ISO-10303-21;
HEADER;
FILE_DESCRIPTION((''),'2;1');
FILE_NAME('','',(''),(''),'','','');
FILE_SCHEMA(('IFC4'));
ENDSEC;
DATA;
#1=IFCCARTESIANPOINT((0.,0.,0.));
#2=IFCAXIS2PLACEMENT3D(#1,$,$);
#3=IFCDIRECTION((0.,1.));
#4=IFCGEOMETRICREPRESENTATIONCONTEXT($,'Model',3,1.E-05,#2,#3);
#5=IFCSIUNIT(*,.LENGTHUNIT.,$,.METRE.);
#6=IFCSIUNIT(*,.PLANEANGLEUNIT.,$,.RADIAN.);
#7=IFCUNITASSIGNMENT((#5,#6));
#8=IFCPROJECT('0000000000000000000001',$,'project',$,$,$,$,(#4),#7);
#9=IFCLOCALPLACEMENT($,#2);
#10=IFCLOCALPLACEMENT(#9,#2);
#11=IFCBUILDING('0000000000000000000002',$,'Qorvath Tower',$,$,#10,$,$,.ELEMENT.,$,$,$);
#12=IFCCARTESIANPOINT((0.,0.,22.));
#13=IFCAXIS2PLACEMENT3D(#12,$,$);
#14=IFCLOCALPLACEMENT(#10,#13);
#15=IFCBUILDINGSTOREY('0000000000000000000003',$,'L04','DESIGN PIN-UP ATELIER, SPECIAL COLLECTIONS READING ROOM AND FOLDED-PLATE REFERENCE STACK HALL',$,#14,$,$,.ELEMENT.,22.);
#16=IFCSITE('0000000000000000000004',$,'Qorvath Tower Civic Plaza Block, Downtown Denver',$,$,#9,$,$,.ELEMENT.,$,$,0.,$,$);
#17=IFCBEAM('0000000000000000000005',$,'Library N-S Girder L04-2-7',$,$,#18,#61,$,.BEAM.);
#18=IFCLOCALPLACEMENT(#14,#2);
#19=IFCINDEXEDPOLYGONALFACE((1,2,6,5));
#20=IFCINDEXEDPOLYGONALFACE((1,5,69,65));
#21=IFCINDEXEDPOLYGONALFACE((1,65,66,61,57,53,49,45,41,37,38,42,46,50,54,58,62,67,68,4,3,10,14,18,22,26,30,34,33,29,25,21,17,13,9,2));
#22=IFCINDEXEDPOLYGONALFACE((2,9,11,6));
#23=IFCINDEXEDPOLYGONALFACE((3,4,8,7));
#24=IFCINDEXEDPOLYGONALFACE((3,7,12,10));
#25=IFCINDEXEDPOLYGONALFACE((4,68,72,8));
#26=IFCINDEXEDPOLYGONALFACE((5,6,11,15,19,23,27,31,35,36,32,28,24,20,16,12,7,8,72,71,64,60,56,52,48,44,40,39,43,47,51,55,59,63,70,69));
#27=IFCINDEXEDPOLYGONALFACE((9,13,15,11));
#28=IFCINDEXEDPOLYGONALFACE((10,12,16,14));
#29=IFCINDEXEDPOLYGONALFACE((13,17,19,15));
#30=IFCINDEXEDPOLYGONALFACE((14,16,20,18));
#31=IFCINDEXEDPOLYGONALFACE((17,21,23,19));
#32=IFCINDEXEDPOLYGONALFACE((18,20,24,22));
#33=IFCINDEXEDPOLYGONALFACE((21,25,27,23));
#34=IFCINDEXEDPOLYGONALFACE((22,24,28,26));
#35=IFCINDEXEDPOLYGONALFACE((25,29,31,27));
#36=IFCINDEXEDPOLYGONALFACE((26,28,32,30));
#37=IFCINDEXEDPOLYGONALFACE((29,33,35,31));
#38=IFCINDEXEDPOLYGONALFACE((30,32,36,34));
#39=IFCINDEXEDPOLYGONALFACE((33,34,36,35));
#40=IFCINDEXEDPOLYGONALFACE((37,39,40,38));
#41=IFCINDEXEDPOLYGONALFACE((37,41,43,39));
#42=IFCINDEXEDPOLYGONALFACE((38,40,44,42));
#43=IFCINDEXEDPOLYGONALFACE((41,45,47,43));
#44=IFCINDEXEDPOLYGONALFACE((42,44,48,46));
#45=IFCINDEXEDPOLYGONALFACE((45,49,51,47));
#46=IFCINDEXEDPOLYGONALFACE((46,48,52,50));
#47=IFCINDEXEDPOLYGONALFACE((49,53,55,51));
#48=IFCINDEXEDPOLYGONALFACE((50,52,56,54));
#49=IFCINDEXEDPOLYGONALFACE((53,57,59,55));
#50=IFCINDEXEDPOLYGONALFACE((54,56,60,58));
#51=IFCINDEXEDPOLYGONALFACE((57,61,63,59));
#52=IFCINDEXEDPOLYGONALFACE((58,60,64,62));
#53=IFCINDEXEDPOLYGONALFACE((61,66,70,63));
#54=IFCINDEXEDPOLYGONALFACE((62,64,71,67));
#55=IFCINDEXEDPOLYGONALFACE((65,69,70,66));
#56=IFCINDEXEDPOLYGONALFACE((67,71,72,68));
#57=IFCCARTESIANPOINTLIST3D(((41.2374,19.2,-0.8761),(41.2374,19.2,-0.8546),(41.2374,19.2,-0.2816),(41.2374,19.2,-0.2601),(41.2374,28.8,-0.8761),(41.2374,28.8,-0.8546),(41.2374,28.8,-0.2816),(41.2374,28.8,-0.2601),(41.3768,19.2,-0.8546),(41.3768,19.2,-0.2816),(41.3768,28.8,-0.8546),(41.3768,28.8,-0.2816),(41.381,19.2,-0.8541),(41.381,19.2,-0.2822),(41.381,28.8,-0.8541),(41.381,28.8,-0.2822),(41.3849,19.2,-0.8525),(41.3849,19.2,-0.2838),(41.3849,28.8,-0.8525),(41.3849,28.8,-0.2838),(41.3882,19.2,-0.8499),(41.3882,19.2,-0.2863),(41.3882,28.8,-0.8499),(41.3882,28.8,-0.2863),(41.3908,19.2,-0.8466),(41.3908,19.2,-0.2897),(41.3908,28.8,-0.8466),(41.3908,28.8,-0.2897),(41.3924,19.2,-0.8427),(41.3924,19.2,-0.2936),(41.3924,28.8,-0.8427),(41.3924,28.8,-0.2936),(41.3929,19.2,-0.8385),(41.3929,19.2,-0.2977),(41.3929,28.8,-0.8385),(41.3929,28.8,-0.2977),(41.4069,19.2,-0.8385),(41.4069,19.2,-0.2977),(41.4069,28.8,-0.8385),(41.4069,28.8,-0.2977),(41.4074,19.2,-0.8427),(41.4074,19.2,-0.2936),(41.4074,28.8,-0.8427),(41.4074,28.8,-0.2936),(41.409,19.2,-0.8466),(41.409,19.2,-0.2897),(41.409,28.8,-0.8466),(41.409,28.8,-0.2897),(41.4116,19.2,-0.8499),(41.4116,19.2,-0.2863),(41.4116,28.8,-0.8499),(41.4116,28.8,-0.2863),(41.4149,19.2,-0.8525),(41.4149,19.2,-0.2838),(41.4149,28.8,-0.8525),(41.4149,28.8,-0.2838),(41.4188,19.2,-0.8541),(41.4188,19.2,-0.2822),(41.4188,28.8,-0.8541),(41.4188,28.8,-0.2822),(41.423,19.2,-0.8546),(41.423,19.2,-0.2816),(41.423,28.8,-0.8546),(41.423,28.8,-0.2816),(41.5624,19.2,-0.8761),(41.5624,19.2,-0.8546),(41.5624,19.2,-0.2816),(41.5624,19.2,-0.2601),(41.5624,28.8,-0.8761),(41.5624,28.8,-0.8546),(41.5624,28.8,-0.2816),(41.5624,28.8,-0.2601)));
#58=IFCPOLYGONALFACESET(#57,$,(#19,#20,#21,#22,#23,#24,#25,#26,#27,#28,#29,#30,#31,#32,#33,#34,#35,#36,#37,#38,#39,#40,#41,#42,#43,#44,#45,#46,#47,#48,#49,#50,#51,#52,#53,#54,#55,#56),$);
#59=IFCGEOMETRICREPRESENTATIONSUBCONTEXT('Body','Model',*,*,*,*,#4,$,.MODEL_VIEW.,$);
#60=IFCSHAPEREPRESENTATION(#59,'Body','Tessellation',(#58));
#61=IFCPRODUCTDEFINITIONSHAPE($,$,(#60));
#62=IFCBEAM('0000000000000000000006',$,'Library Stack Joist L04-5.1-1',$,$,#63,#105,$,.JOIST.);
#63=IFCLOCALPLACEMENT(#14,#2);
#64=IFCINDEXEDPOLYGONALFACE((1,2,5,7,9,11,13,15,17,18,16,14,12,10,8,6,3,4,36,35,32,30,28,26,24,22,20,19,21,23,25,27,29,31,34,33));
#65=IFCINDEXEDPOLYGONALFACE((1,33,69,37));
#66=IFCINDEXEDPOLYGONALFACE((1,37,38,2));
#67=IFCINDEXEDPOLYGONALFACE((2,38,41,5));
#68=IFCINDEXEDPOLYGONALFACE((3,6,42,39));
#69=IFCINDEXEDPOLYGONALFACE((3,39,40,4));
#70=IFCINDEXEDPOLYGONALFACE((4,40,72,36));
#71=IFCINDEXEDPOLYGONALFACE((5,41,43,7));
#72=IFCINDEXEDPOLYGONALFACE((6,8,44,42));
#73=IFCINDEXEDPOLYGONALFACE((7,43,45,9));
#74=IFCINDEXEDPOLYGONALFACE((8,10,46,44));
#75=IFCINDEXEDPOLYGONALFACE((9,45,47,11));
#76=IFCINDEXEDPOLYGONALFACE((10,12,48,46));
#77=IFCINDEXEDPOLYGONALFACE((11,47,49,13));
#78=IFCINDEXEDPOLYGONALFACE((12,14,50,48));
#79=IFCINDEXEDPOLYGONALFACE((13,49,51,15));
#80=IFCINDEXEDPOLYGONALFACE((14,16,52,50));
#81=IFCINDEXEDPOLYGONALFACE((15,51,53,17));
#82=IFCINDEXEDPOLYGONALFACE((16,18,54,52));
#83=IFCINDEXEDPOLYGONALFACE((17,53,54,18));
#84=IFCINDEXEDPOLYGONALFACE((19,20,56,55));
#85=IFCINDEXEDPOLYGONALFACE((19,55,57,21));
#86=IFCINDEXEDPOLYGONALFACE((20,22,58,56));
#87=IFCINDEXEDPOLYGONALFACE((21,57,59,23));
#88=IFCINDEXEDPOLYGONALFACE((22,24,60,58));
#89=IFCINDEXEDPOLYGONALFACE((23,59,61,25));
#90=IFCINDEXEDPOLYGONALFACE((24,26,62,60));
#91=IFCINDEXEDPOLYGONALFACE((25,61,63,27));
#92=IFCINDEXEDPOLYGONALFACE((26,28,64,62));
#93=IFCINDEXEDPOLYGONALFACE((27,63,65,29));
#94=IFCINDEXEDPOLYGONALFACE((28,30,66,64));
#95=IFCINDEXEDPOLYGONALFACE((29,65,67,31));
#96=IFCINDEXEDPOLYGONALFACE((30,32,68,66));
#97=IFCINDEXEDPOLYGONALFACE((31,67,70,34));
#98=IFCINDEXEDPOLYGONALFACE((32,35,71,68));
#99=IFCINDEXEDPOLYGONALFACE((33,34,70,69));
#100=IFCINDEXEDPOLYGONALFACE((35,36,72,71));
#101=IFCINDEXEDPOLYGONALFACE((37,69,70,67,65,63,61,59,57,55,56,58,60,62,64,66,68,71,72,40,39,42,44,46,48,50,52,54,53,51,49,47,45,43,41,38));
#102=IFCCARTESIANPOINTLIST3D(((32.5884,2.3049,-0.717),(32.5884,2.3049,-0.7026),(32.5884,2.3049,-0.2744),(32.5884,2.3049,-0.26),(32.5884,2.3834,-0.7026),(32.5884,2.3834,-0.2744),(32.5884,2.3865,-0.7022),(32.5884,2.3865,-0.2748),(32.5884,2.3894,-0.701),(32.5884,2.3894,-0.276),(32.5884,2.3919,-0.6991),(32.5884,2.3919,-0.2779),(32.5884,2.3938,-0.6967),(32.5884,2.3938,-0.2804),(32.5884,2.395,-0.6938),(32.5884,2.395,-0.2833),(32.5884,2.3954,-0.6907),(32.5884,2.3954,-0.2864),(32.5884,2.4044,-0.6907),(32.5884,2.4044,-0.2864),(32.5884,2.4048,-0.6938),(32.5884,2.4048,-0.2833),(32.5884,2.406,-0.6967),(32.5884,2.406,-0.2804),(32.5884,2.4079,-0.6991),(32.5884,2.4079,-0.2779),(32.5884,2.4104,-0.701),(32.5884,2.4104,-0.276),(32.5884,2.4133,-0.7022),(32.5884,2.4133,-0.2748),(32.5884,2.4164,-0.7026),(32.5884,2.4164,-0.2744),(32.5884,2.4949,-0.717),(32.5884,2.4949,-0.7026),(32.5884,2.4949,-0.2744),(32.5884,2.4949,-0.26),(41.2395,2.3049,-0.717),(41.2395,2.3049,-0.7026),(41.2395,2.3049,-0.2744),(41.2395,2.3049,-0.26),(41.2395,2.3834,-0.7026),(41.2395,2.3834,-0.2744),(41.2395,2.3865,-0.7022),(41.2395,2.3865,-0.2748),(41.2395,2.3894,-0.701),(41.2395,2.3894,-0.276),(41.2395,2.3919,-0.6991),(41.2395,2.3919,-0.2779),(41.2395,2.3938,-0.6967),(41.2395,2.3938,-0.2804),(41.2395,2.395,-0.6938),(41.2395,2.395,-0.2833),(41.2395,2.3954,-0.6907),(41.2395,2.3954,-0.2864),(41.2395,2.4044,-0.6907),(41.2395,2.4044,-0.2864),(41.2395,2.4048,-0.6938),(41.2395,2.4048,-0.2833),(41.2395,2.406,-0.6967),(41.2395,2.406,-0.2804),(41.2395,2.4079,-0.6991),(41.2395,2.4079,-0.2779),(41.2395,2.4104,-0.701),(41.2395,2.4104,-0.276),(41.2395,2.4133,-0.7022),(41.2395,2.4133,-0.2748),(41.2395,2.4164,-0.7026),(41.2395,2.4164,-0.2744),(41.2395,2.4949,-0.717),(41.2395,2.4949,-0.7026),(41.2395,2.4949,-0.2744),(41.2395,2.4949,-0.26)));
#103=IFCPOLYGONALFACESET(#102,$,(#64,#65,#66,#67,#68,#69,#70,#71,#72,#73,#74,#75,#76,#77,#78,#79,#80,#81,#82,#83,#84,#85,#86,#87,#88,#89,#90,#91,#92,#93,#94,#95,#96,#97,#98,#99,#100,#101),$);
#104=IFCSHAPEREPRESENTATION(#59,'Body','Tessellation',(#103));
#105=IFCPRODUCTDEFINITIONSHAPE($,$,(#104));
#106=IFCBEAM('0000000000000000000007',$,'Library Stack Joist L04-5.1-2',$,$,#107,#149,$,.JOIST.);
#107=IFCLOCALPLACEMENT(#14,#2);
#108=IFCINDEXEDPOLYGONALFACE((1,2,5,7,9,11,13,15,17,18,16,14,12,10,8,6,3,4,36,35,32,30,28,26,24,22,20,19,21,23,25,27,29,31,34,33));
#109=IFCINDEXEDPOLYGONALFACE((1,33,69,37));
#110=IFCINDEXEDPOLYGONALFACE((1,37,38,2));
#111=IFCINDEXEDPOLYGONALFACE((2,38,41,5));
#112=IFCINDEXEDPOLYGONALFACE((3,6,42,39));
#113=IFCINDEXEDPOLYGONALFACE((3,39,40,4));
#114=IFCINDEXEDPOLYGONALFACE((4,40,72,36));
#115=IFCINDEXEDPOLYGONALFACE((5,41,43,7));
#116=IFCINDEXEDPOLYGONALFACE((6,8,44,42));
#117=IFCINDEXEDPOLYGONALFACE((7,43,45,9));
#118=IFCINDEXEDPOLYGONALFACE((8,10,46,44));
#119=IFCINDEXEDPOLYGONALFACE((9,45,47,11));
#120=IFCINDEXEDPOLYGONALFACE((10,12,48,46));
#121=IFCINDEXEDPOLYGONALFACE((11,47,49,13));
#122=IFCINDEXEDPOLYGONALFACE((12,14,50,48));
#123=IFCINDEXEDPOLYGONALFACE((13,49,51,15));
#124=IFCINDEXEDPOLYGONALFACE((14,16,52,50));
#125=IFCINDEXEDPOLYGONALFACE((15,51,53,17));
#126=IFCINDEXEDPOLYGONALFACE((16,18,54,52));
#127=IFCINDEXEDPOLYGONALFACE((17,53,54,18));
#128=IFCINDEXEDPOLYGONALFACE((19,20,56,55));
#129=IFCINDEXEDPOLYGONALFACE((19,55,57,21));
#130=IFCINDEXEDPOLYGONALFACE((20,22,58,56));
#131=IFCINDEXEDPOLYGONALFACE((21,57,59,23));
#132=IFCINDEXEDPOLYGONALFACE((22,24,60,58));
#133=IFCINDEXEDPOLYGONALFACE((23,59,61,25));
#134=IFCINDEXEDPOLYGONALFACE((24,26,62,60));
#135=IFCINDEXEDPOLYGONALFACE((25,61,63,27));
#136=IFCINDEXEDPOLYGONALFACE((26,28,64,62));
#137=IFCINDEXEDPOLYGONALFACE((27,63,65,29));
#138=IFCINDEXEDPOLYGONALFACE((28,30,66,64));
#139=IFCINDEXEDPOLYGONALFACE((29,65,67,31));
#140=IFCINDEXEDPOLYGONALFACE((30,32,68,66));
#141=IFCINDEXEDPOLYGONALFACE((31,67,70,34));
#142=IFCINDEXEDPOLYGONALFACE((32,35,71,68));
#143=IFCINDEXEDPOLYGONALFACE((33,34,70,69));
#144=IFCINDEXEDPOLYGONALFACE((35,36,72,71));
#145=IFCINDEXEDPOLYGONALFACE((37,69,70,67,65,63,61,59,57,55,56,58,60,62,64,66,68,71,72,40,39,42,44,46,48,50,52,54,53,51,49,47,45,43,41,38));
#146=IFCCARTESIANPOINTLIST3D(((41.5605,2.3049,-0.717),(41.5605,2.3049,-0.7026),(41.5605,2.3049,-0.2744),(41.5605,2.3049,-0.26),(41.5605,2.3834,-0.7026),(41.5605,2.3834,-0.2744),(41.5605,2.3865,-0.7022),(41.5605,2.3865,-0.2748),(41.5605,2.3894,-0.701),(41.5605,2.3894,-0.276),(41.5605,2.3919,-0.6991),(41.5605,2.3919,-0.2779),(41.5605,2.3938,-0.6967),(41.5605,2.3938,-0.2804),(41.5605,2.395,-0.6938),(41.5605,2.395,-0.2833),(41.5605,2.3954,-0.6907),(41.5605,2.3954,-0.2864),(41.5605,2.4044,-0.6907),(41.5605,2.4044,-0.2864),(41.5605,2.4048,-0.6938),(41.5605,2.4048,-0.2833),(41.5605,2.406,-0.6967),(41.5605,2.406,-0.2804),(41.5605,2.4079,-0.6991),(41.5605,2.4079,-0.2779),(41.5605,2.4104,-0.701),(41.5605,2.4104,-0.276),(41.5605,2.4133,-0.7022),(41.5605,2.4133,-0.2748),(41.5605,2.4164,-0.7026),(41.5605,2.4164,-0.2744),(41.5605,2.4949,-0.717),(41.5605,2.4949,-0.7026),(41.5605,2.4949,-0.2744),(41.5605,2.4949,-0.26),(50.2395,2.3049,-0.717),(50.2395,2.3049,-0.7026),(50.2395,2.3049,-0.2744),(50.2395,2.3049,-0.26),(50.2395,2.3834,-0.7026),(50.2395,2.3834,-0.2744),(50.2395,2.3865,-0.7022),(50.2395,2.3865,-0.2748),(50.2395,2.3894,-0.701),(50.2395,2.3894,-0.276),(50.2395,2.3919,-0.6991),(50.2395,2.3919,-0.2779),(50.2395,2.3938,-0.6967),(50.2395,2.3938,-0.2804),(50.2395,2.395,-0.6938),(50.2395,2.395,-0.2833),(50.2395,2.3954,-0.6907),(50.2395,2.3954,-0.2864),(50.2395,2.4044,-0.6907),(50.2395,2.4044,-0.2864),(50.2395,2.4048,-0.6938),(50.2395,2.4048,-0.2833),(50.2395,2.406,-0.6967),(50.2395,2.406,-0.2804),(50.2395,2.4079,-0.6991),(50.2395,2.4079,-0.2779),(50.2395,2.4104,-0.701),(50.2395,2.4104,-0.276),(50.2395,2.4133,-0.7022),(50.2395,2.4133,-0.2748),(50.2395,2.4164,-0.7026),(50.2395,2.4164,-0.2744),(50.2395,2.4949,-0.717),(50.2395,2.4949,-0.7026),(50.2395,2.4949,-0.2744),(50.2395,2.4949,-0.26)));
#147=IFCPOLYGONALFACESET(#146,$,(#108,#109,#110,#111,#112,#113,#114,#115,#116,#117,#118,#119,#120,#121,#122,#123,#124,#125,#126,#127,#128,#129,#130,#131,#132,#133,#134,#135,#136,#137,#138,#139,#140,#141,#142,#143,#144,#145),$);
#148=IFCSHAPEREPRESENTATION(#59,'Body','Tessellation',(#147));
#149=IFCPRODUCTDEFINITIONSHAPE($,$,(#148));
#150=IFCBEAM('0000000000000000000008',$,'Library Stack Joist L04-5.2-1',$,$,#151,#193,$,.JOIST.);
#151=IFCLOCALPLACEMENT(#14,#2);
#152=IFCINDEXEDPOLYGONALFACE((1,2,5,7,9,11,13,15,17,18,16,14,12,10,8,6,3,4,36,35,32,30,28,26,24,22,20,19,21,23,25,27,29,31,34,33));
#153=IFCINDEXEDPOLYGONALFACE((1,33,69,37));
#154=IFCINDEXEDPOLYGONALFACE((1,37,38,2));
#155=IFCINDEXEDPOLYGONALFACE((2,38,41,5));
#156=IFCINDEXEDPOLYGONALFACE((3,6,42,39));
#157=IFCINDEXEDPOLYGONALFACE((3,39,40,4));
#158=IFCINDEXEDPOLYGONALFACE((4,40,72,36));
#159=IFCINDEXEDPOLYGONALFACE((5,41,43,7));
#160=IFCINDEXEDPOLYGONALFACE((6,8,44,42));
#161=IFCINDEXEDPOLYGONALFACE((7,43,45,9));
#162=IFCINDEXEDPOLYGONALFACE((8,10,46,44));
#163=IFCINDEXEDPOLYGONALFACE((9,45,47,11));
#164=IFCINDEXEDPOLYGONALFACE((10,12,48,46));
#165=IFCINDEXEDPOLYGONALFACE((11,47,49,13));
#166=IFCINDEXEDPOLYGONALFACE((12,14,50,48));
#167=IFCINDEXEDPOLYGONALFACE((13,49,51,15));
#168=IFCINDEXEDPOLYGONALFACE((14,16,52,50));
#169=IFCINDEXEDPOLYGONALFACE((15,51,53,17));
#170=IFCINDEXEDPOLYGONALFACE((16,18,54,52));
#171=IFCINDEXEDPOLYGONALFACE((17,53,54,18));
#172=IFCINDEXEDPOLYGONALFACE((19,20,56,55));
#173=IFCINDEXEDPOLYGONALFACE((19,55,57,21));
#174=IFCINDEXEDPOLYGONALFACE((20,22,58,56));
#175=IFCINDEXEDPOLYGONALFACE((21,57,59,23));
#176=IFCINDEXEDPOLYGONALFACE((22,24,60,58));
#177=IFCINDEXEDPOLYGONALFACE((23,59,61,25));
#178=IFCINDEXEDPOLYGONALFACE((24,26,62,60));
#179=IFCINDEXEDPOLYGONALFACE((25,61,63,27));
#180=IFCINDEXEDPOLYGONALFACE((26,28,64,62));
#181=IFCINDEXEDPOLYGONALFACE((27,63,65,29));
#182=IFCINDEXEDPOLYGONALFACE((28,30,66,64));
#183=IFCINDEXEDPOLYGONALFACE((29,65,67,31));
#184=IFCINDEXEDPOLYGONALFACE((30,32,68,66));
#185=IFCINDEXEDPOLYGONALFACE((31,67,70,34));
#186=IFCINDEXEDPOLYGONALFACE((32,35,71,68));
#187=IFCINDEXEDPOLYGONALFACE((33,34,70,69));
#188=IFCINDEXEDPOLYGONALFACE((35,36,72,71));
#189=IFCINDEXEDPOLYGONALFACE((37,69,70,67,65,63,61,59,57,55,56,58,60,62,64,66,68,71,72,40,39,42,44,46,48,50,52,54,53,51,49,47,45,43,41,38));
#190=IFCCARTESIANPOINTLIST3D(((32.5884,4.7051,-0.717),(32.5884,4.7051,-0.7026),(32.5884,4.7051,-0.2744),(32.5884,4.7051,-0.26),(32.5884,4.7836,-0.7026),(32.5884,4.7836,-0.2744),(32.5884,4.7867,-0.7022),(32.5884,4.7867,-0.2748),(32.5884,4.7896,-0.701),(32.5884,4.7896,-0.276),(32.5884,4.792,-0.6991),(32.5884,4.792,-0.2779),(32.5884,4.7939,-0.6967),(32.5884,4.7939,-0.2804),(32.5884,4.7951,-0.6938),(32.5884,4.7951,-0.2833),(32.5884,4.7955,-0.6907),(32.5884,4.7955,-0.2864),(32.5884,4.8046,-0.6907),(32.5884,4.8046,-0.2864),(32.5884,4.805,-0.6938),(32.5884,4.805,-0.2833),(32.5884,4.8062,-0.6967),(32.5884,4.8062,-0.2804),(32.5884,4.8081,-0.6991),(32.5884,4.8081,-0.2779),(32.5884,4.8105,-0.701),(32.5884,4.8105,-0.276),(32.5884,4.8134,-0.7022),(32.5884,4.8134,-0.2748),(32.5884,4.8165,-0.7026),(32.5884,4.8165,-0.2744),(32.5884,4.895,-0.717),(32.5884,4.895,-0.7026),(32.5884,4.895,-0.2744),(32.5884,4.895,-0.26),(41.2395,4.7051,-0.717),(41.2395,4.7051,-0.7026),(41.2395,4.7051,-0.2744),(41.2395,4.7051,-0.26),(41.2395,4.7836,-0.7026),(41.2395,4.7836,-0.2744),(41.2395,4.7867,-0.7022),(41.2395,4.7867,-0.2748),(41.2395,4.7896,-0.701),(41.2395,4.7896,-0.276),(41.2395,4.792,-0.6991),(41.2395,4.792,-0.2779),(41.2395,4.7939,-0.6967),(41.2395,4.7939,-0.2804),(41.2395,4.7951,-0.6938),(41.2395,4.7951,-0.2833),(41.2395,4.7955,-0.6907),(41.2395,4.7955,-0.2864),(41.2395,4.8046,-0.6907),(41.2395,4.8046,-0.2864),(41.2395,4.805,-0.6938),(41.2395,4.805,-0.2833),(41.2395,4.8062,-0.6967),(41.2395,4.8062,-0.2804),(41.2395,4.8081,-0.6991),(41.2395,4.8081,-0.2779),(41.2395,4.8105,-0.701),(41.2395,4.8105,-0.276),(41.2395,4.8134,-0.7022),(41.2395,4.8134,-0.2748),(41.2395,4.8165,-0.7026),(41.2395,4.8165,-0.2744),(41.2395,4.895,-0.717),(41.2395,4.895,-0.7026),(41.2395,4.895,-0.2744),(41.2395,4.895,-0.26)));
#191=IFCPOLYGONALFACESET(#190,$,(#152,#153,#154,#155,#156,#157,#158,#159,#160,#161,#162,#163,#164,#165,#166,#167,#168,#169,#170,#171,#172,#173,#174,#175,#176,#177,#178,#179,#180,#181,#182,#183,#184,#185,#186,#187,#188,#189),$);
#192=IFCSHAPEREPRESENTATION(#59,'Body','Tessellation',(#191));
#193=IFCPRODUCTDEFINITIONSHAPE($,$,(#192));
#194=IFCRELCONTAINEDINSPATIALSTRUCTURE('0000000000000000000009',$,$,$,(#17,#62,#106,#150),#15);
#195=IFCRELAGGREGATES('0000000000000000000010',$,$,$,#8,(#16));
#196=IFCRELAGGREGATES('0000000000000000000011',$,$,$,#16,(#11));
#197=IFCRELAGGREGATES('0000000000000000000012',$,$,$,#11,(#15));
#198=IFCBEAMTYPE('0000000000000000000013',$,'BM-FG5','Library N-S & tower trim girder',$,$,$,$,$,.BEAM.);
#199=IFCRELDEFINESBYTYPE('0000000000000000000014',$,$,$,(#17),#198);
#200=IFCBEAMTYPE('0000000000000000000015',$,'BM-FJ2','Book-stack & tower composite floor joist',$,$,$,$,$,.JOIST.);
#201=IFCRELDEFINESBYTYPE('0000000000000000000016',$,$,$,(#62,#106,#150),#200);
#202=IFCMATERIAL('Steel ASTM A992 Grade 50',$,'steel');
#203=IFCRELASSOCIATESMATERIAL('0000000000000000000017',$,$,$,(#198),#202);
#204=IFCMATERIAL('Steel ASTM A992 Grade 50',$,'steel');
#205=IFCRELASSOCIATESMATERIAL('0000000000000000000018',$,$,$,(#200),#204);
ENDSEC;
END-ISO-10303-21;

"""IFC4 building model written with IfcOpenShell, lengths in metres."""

from ifc_helpers import new_model, si_unit, direction, frame, origin, origin_2d, place, context, subcontext, project, spatial, i_section, extrude, material, material_profile, profile_set, type_object, element, save


model = new_model("IFC4")

# Units and contexts
model_context = context("Model", 3, precision=1e-05, world=origin(), true_north=direction((0.0, 1.0)))
body_context = subcontext(model_context, "Body", "Model", "MODEL_VIEW")
ifc_project = project(units=[si_unit("LENGTHUNIT", "METRE"), si_unit("PLANEANGLEUNIT", "RADIAN")], contexts=[model_context])

# Site, building, storey
site_placement = place(None, origin())
site = spatial("IfcSite", under=ifc_project, at=site_placement, Name="Qorvath Tower Civic Plaza Block, Downtown Denver", CompositionType="ELEMENT", RefElevation=0.0)
building_placement = place(site_placement, origin())
building = spatial("IfcBuilding", under=site, at=building_placement, Name="Qorvath Tower", CompositionType="ELEMENT")
storey_placement = place(building_placement, frame((0.0, 0.0, 22.0)))
storey = spatial("IfcBuildingStorey", under=building, at=storey_placement, Name="L04", Description="DESIGN PIN-UP ATELIER, SPECIAL COLLECTIONS READING ROOM AND FOLDED-PLATE REFERENCE STACK HALL", CompositionType="ELEMENT", Elevation=22.0)

# Beams
ifc_material_1 = material(Name="Steel ASTM A992 Grade 50", Category="steel")
ifc_material_profile_1 = material_profile(ifc_material_1, i_section(OverallWidth=0.325, OverallDepth=0.616, WebThickness=0.0139, FlangeThickness=0.0215, FilletRadius=0.0161, at=origin_2d()), Name="W24x117")
ifc_profile_set_1 = profile_set([ifc_material_profile_1], Name="Steel ASTM A992 Grade 50")
beam_type_1 = type_object("IfcBeamType", Name="BM-FG5", Description="Library N-S & tower trim girder", PredefinedType="BEAM", material=ifc_profile_set_1)
beam_1_placement = place(storey_placement, frame((41.3999, 19.2, -0.5681), z_axis=(0.0, 1.0, 0.0), x_axis=(-1.0, 0.0, 0.0)))
element("IfcBeam", 1, at=beam_1_placement, inside=storey, type_object=beam_type_1, Name="Library N-S Girder L04-2-7", PredefinedType="BEAM", context=body_context, shape_type="SweptSolid", body=[
    extrude(i_section(OverallWidth=0.325, OverallDepth=0.616, WebThickness=0.0139, FlangeThickness=0.0215, FilletRadius=0.0161, at=origin_2d()), origin(), (0.0, 0.0, 1.0), 9.6001),
])
ifc_material_2 = material(Name="Steel ASTM A992 Grade 50", Category="steel")
ifc_material_profile_2 = material_profile(ifc_material_2, i_section(OverallWidth=0.1899, OverallDepth=0.457, WebThickness=0.009, FlangeThickness=0.0144, FilletRadius=0.012, at=origin_2d()), Name="W18x50")
ifc_profile_set_2 = profile_set([ifc_material_profile_2], Name="Steel ASTM A992 Grade 50")
beam_type_2 = type_object("IfcBeamType", Name="BM-FJ2", Description="Book-stack & tower composite floor joist", PredefinedType="JOIST", material=ifc_profile_set_2)
beam_2_placement = place(storey_placement, frame((32.5884, 2.3999, -0.4885), z_axis=(1.0, 0.0, 0.0), x_axis=(0.0, 1.0, 0.0)))
element("IfcBeam", 2, at=beam_2_placement, inside=storey, type_object=beam_type_2, Name="Library Stack Joist L04-5.1-1", PredefinedType="JOIST", context=body_context, shape_type="SweptSolid", body=[
    extrude(i_section(OverallWidth=0.1899, OverallDepth=0.457, WebThickness=0.009, FlangeThickness=0.0144, FilletRadius=0.012, at=origin_2d()), origin(), (0.0, 0.0, 1.0), 8.6511),
])
beam_3_placement = place(storey_placement, frame((41.5605, 2.3999, -0.4885), z_axis=(1.0, 0.0, 0.0), x_axis=(0.0, 1.0, 0.0)))
element("IfcBeam", 3, at=beam_3_placement, inside=storey, type_object=beam_type_2, Name="Library Stack Joist L04-5.1-2", PredefinedType="JOIST", context=body_context, shape_type="SweptSolid", body=[
    extrude(i_section(OverallWidth=0.1899, OverallDepth=0.457, WebThickness=0.009, FlangeThickness=0.0144, FilletRadius=0.012, at=origin_2d()), origin(), (0.0, 0.0, 1.0), 8.679),
])
beam_4_placement = place(storey_placement, frame((32.5884, 4.8, -0.4885), z_axis=(1.0, 0.0, 0.0), x_axis=(0.0, 1.0, 0.0)))
element("IfcBeam", 4, at=beam_4_placement, inside=storey, type_object=beam_type_2, Name="Library Stack Joist L04-5.2-1", PredefinedType="JOIST", context=body_context, shape_type="SweptSolid", body=[
    extrude(i_section(OverallWidth=0.1899, OverallDepth=0.457, WebThickness=0.009, FlangeThickness=0.0144, FilletRadius=0.012, at=origin_2d()), origin(), (0.0, 0.0, 1.0), 8.6511),
])

save(model, "model.ifc")
